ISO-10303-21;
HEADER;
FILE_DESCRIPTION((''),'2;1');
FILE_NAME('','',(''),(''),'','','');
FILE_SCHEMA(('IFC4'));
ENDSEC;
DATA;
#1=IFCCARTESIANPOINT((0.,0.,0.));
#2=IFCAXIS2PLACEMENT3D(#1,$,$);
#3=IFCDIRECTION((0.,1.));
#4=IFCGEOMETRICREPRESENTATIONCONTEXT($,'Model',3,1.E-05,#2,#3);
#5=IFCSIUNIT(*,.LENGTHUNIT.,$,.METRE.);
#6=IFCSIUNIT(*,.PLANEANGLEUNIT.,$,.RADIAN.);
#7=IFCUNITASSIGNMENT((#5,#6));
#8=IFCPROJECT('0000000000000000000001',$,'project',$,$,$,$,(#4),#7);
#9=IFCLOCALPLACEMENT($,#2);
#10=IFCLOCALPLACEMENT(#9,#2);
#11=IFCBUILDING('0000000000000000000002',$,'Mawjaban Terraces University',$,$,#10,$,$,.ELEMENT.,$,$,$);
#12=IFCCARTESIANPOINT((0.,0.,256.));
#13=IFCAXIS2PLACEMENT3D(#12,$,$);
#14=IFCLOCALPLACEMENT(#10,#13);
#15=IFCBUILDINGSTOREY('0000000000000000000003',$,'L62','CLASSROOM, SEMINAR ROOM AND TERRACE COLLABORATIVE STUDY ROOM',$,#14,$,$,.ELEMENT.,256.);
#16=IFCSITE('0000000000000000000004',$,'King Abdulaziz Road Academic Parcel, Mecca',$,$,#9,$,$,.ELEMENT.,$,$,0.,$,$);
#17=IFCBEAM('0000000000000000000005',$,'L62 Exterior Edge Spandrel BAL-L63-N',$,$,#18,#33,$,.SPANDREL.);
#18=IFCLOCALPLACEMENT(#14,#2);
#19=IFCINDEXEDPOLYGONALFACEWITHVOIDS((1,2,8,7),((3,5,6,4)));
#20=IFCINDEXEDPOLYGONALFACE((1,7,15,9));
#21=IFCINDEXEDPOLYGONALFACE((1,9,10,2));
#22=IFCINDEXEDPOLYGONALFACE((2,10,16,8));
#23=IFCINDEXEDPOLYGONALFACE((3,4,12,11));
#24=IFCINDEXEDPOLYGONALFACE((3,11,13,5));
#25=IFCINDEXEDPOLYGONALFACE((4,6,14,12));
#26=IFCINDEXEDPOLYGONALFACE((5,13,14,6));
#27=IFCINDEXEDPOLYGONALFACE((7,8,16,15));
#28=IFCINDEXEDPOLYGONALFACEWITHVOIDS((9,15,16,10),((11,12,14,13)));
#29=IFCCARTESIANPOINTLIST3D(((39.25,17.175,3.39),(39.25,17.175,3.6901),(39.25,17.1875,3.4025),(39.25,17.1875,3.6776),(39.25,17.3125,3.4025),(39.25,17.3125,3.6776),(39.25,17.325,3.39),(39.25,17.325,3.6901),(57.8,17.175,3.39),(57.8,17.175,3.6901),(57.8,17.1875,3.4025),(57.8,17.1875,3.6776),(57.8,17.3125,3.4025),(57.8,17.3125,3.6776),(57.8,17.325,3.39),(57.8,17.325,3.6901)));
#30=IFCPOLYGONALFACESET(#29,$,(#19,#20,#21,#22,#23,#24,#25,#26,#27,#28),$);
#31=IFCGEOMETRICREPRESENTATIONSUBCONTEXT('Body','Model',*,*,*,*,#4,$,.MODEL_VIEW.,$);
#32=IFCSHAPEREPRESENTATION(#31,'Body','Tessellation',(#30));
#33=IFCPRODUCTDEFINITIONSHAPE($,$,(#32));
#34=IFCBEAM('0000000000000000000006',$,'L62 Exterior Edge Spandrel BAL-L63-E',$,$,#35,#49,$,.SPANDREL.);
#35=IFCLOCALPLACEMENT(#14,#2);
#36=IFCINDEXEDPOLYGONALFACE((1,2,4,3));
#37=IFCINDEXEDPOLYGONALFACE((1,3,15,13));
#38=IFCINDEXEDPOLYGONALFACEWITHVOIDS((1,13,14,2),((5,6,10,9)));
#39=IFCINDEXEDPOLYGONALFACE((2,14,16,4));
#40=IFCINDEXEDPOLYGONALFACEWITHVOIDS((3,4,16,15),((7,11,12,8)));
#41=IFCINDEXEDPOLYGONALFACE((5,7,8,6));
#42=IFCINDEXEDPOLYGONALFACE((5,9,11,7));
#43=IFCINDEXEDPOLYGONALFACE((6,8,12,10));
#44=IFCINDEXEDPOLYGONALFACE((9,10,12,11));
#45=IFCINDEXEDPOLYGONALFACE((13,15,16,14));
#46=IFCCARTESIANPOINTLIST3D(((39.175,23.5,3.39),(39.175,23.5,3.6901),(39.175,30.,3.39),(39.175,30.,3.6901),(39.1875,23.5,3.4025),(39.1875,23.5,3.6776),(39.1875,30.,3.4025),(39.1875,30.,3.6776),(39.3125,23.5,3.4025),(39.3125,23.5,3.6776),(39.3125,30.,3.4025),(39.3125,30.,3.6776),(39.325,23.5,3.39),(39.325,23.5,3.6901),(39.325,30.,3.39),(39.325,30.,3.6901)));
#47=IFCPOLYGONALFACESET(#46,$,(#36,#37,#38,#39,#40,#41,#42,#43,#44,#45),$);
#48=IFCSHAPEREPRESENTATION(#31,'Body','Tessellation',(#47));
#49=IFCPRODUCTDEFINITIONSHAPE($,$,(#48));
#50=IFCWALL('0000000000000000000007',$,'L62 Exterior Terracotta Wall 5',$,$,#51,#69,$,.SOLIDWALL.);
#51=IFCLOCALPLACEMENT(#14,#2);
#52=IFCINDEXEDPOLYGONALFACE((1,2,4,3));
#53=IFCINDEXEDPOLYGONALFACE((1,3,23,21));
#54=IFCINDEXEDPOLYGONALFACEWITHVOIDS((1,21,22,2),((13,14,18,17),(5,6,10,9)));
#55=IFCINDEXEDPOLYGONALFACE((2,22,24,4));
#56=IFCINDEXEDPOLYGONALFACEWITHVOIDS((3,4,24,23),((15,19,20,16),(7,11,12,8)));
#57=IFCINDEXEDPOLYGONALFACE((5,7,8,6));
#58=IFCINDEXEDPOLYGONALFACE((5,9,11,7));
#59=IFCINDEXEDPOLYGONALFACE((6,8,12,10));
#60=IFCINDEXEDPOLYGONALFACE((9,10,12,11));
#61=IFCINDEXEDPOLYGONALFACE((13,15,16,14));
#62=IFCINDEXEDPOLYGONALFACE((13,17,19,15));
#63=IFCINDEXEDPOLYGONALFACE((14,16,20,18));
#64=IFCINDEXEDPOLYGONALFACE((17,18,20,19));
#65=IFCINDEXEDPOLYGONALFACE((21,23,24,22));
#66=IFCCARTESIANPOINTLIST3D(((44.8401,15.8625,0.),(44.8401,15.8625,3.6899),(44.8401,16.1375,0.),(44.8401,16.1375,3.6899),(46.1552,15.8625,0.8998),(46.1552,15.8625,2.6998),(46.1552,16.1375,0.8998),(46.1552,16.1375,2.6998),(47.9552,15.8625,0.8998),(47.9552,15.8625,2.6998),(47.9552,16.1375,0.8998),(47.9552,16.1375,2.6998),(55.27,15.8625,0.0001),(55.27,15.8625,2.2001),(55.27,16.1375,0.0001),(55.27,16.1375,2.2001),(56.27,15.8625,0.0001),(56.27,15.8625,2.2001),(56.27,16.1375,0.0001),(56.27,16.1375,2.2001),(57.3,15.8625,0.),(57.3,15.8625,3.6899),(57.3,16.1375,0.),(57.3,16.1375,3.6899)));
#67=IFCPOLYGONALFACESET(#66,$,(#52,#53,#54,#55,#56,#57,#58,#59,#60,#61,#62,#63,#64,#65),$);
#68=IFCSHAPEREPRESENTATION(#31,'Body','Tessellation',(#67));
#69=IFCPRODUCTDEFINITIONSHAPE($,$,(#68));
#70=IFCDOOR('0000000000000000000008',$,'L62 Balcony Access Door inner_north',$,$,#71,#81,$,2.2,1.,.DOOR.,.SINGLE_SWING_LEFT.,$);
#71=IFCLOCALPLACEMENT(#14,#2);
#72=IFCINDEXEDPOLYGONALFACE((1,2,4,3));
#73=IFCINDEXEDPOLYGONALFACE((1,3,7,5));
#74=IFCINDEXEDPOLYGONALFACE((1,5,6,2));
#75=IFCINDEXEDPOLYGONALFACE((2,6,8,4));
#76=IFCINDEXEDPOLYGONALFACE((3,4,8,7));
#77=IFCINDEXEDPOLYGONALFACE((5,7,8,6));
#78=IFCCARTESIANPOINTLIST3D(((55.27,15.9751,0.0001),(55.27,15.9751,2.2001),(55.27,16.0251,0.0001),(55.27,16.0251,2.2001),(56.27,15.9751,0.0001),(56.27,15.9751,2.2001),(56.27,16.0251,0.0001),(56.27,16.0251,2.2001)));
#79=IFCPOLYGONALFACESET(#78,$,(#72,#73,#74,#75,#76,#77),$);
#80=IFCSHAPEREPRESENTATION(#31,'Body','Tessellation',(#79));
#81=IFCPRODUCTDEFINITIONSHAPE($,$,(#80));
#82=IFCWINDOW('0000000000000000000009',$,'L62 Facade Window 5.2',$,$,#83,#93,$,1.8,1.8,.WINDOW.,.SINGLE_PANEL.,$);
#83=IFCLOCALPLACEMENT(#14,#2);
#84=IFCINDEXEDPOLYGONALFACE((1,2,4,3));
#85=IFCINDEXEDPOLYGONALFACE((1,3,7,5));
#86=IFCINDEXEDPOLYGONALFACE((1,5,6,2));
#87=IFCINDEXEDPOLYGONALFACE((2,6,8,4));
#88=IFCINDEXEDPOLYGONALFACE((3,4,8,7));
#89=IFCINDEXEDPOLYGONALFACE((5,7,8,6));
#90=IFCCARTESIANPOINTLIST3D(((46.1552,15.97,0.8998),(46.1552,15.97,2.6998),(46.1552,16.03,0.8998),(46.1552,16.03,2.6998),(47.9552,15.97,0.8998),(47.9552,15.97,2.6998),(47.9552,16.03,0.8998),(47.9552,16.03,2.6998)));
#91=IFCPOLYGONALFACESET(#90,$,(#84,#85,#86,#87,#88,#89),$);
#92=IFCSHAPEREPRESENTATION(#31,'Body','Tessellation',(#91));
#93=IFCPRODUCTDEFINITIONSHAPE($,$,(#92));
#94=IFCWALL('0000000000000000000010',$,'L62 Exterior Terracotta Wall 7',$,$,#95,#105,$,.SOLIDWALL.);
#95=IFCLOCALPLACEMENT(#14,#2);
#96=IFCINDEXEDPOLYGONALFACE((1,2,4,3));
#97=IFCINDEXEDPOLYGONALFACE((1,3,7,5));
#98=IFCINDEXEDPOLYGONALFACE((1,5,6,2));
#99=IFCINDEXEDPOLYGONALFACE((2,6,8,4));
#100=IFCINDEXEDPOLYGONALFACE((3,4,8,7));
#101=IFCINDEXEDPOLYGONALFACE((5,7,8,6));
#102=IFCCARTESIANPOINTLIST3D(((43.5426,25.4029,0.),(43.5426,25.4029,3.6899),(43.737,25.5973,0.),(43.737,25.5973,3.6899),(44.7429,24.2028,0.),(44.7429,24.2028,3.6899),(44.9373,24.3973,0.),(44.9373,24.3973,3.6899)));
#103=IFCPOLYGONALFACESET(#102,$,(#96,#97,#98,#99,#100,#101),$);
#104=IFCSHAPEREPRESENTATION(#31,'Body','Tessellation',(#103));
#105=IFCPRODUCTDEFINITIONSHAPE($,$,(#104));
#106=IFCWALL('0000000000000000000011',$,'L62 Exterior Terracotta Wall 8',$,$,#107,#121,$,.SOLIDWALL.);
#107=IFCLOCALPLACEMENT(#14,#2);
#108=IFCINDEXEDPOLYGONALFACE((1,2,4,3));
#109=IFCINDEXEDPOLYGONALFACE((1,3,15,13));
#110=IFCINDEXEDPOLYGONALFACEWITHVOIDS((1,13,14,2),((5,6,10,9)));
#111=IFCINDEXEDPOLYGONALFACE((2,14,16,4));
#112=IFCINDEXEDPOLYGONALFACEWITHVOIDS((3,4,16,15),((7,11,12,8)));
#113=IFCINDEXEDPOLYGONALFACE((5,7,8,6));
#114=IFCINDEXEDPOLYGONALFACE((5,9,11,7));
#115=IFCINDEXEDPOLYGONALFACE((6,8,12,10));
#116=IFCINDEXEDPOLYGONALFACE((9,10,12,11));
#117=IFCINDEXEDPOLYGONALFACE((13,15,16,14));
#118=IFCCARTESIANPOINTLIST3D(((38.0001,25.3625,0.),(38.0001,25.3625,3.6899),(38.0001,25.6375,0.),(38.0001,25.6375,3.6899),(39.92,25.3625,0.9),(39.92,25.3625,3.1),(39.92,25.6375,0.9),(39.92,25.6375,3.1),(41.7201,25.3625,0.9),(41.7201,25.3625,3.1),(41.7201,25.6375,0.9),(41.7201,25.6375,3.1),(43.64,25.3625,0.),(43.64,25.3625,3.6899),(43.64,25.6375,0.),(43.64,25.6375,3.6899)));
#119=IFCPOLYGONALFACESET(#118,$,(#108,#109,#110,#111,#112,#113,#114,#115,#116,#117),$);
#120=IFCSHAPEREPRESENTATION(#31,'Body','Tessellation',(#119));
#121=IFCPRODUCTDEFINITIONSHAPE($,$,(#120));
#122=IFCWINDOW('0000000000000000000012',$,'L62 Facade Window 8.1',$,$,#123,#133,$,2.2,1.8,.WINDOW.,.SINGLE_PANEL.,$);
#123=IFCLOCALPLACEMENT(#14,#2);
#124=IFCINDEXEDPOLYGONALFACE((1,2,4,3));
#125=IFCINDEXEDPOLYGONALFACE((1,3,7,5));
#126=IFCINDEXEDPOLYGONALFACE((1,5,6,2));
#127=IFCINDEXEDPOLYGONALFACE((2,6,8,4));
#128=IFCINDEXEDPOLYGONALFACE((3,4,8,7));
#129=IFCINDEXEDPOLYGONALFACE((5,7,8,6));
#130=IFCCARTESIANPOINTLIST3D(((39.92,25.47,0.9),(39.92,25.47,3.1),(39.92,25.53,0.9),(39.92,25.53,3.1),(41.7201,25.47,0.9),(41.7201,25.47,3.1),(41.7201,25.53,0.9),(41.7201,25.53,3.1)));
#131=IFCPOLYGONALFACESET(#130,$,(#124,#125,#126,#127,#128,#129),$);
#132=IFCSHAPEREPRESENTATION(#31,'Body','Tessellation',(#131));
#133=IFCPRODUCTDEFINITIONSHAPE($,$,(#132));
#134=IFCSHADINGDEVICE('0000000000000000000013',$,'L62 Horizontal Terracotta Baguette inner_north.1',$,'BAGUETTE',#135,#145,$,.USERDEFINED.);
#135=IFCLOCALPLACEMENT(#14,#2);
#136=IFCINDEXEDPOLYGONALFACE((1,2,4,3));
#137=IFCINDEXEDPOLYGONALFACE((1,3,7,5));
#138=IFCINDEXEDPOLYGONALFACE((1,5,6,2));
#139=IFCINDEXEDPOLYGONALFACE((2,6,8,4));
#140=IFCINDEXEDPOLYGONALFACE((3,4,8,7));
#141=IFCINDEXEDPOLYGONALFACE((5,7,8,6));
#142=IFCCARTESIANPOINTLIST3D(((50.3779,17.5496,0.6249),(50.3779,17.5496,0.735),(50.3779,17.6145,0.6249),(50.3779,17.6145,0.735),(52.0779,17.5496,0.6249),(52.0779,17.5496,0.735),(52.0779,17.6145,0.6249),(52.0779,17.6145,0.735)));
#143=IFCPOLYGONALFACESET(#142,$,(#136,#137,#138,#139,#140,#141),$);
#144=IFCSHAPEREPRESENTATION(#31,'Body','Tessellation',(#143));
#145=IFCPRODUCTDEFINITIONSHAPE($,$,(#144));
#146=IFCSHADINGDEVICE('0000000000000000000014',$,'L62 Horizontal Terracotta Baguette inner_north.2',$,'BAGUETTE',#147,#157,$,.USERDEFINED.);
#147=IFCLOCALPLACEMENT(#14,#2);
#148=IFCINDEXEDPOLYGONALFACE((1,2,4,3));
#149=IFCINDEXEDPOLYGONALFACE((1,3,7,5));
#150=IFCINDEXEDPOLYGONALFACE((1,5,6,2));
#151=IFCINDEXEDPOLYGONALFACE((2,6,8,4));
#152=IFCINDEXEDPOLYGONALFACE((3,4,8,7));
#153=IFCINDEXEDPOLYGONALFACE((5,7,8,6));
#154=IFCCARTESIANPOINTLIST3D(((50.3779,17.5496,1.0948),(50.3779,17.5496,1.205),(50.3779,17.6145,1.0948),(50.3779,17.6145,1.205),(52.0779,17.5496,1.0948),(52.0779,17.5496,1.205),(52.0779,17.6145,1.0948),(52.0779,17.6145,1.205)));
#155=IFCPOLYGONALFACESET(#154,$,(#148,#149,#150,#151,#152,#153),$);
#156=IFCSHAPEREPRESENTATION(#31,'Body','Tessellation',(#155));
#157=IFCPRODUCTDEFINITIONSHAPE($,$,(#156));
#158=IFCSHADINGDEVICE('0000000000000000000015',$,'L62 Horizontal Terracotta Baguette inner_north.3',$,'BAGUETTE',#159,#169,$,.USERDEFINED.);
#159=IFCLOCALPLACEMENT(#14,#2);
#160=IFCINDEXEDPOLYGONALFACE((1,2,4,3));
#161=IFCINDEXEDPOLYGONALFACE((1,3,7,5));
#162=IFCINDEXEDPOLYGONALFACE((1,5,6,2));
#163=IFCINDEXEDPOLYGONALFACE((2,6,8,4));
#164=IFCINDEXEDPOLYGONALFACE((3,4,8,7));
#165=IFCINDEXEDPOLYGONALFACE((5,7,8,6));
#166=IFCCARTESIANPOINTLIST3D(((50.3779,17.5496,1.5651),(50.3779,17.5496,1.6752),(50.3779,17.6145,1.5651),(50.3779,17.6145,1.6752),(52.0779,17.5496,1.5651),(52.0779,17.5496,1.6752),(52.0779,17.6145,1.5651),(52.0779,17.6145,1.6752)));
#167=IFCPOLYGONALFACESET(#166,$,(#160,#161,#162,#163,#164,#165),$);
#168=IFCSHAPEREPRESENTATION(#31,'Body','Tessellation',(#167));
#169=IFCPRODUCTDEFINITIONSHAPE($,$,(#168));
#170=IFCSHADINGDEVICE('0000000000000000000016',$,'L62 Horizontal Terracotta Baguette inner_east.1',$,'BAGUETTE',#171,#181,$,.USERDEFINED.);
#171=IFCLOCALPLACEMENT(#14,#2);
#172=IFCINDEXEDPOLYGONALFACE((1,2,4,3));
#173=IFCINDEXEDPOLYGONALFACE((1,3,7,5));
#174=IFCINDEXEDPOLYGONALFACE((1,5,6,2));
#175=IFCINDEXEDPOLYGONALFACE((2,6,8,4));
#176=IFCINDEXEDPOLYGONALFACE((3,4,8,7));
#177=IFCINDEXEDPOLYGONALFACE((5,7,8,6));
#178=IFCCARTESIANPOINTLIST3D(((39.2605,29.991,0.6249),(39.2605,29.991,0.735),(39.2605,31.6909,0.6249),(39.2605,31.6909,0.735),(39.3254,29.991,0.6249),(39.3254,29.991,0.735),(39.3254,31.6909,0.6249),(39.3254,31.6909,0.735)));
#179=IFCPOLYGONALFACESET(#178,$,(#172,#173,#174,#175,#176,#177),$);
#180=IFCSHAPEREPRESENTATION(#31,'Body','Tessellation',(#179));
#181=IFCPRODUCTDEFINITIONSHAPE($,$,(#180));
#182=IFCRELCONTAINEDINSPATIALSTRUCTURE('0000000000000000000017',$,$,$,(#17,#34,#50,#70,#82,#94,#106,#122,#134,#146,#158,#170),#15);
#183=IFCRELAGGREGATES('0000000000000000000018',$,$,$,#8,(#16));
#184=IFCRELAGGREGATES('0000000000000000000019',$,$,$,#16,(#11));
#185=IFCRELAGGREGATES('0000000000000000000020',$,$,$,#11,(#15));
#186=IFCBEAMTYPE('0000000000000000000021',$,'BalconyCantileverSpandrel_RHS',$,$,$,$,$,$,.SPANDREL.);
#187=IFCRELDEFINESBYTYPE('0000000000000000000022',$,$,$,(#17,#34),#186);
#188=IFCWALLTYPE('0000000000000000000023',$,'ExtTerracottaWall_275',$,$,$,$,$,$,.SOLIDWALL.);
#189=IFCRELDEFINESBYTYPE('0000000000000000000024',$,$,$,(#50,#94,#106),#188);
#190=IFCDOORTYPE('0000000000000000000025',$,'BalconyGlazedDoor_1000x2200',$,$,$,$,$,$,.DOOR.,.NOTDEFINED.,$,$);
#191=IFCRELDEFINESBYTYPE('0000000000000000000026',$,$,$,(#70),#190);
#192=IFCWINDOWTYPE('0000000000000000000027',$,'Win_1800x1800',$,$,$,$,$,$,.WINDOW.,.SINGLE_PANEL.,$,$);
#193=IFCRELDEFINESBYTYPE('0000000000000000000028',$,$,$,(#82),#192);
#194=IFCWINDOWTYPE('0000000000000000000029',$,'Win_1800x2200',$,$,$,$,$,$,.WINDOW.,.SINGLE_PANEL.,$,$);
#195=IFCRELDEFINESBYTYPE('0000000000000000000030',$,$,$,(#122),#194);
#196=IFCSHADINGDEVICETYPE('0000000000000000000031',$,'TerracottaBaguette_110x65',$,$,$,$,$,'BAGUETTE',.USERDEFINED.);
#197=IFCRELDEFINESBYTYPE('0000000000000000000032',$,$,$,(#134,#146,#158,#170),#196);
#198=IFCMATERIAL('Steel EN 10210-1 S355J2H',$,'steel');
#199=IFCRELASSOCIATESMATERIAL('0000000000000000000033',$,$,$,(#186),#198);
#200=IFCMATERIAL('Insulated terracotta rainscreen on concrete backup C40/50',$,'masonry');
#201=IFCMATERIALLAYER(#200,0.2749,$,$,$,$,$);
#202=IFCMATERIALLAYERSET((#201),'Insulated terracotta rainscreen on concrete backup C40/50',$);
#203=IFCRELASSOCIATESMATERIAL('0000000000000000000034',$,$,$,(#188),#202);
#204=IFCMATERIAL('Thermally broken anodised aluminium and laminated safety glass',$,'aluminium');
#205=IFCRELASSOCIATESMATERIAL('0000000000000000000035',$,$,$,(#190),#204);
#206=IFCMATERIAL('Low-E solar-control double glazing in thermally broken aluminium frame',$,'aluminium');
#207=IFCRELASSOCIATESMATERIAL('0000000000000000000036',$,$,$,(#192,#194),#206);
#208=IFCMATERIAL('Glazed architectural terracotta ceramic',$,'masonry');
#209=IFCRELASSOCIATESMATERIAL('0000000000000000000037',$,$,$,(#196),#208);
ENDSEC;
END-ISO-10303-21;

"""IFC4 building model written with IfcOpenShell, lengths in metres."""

from ifc_helpers import new_model, si_unit, direction, frame, frame_2d, origin, origin_2d, place, context, subcontext, project, spatial, rectangle, hollow_rectangle, extrude, material, layer, layer_set, material_profile, profile_set, type_object, element, fill, save


model = new_model("IFC4")

# Units and contexts
model_context = context("Model", 3, precision=1e-05, world=origin(), true_north=direction((0.0, 1.0)))
body_context = subcontext(model_context, "Body", "Model", "MODEL_VIEW")
ifc_project = project(units=[si_unit("LENGTHUNIT", "METRE"), si_unit("PLANEANGLEUNIT", "RADIAN")], contexts=[model_context])

# Site, building, storey
site_placement = place(None, origin())
site = spatial("IfcSite", under=ifc_project, at=site_placement, Name="King Abdulaziz Road Academic Parcel, Mecca", CompositionType="ELEMENT", RefElevation=0.0)
building_placement = place(site_placement, origin())
building = spatial("IfcBuilding", under=site, at=building_placement, Name="Mawjaban Terraces University", CompositionType="ELEMENT")
storey_placement = place(building_placement, frame((0.0, 0.0, 256.0)))
storey = spatial("IfcBuildingStorey", under=building, at=storey_placement, Name="L62", Description="CLASSROOM, SEMINAR ROOM AND TERRACE COLLABORATIVE STUDY ROOM", CompositionType="ELEMENT", Elevation=256.0)

# Beams
ifc_material_1 = material(Name="Steel EN 10210-1 S355J2H", Category="steel")
ifc_material_profile_1 = material_profile(ifc_material_1, hollow_rectangle(XDim=0.1499, YDim=0.3, WallThickness=0.0125, at=origin_2d()), Name="RHS300X150X12.5")
ifc_profile_set_1 = profile_set([ifc_material_profile_1], Name="Steel EN 10210-1 S355J2H")
beam_type = type_object("IfcBeamType", Name="BalconyCantileverSpandrel_RHS", PredefinedType="SPANDREL", material=ifc_profile_set_1)
beam_1_placement = place(storey_placement, frame((39.25, 17.25, 3.54), z_axis=(1.0, 0.0, 0.0), x_axis=(0.0, 1.0, 0.0)))
element("IfcBeam", 1, at=beam_1_placement, inside=storey, type_object=beam_type, Name="L62 Exterior Edge Spandrel BAL-L63-N", PredefinedType="SPANDREL", context=body_context, shape_type="SweptSolid", body=[
    extrude(hollow_rectangle(XDim=0.1499, YDim=0.3, WallThickness=0.0125, at=origin_2d()), origin(), (0.0, 0.0, 1.0), 18.55),
])
beam_2_placement = place(storey_placement, frame((39.25, 23.5, 3.54), z_axis=(0.0, 1.0, 0.0), x_axis=(-1.0, 0.0, 0.0)))
element("IfcBeam", 2, at=beam_2_placement, inside=storey, type_object=beam_type, Name="L62 Exterior Edge Spandrel BAL-L63-E", PredefinedType="SPANDREL", context=body_context, shape_type="SweptSolid", body=[
    extrude(hollow_rectangle(XDim=0.1499, YDim=0.3, WallThickness=0.0125, at=origin_2d()), origin(), (0.0, 0.0, 1.0), 6.5),
])

# Wall, openings, door, window
ifc_material_2 = material(Name="Insulated terracotta rainscreen on concrete backup C40/50", Category="masonry")
ifc_layer_1 = layer(ifc_material_2, 0.2749)
ifc_layer_set_1 = layer_set([ifc_layer_1], Name="Insulated terracotta rainscreen on concrete backup C40/50")
wall_type = type_object("IfcWallType", Name="ExtTerracottaWall_275", PredefinedType="SOLIDWALL", material=ifc_layer_set_1)
wall_1_placement = place(storey_placement, frame((57.3, 16.0, 0.0), z_axis=(0.0, 0.0, 1.0), x_axis=(-1.0, 0.0, 0.0)))
wall_1 = element("IfcWall", 3, at=wall_1_placement, inside=storey, type_object=wall_type, Name="L62 Exterior Terracotta Wall 5", PredefinedType="SOLIDWALL", context=body_context, shape_type="SweptSolid", body=[
    extrude(rectangle(XDim=12.46, YDim=0.2749, at=frame_2d((6.23, 0.0))), origin(), (0.0, 0.0, 1.0), 3.6899),
])
opening_1_placement = place(wall_1_placement, frame((1.03, 0.0, 0.0)))
opening_1 = element("IfcOpeningElement", 4, at=opening_1_placement, cuts=wall_1, PredefinedType="OPENING", context=body_context, shape_type="SweptSolid", body=[
    extrude(rectangle(XDim=1.0, YDim=2.2, at=frame_2d((0.5, 1.1001))), frame((0.0, 0.1475, 0.0), z_axis=(0.0, -1.0, 0.0), x_axis=(1.0, 0.0, 0.0)), (0.0, 0.0, 1.0), 0.2949),
])
opening_2_placement = place(wall_1_placement, frame((9.345, 0.0, 0.8999)))
opening_2 = element("IfcOpeningElement", 5, at=opening_2_placement, cuts=wall_1, PredefinedType="OPENING", context=body_context, shape_type="SweptSolid", body=[
    extrude(rectangle(XDim=1.8, YDim=1.8, at=frame_2d((0.8999, 0.8999))), frame((0.0, 0.1475, 0.0), z_axis=(0.0, -1.0, 0.0), x_axis=(1.0, 0.0, 0.0)), (0.0, 0.0, 1.0), 0.2949),
])
ifc_material_3 = material(Name="Thermally broken anodised aluminium and laminated safety glass", Category="aluminium")
door_type = type_object("IfcDoorType", Name="BalconyGlazedDoor_1000x2200", OperationType="NOTDEFINED", PredefinedType="DOOR", material=ifc_material_3)
door_placement = place(opening_1_placement, origin())
door = element("IfcDoor", 6, at=door_placement, inside=storey, type_object=door_type, Name="L62 Balcony Access Door inner_north", OperationType="SINGLE_SWING_LEFT", OverallHeight=2.2, OverallWidth=1.0, PredefinedType="DOOR", context=body_context, shape_type="SweptSolid", body=[
    extrude(rectangle(XDim=1.0, YDim=2.2, at=frame_2d((0.5, 1.1001))), frame((0.0, 0.0249, 0.0), z_axis=(0.0, -1.0, 0.0), x_axis=(1.0, 0.0, 0.0)), (0.0, 0.0, 1.0), 0.05),
])
fill(opening_1, door)
ifc_material_4 = material(Name="Low-E solar-control double glazing in thermally broken aluminium frame", Category="aluminium")
window_type_1 = type_object("IfcWindowType", Name="Win_1800x1800", PartitioningType="SINGLE_PANEL", PredefinedType="WINDOW", material=ifc_material_4)
window_1_placement = place(opening_2_placement, origin())
window_1 = element("IfcWindow", 7, at=window_1_placement, inside=storey, type_object=window_type_1, Name="L62 Facade Window 5.2", OverallHeight=1.8, OverallWidth=1.8, PartitioningType="SINGLE_PANEL", PredefinedType="WINDOW", context=body_context, shape_type="SweptSolid", body=[
    extrude(rectangle(XDim=1.8, YDim=1.8, at=frame_2d((0.8999, 0.8999))), frame((0.0, 0.03, 0.0), z_axis=(0.0, -1.0, 0.0), x_axis=(1.0, 0.0, 0.0)), (0.0, 0.0, 1.0), 0.0601),
])
fill(opening_2, window_1)

# Wall
wall_2_placement = place(storey_placement, frame((44.8401, 24.3, 0.0), z_axis=(0.0, 0.0, 1.0), x_axis=(-0.707179, 0.707035, 0.0)))
element("IfcWall", 8, at=wall_2_placement, inside=storey, type_object=wall_type, Name="L62 Exterior Terracotta Wall 7", PredefinedType="SOLIDWALL", context=body_context, shape_type="SweptSolid", body=[
    extrude(rectangle(XDim=1.6973, YDim=0.2749, at=frame_2d((0.8486, 0.0))), origin(), (0.0, 0.0, 1.0), 3.6899),
])

# Wall, opening, window
wall_3_placement = place(storey_placement, frame((43.6399, 25.5, 0.0), z_axis=(0.0, 0.0, 1.0), x_axis=(-1.0, 0.0, 0.0)))
wall_3 = element("IfcWall", 9, at=wall_3_placement, inside=storey, type_object=wall_type, Name="L62 Exterior Terracotta Wall 8", PredefinedType="SOLIDWALL", context=body_context, shape_type="SweptSolid", body=[
    extrude(rectangle(XDim=5.6399, YDim=0.2749, at=frame_2d((2.8198, 0.0))), origin(), (0.0, 0.0, 1.0), 3.6899),
])
opening_3_placement = place(wall_3_placement, frame((1.9199, 0.0, 0.8999)))
opening_3 = element("IfcOpeningElement", 10, at=opening_3_placement, cuts=wall_3, PredefinedType="OPENING", context=body_context, shape_type="SweptSolid", body=[
    extrude(rectangle(XDim=1.8, YDim=2.2, at=frame_2d((0.8999, 1.1001))), frame((0.0, 0.1475, 0.0), z_axis=(0.0, -1.0, 0.0), x_axis=(1.0, 0.0, 0.0)), (0.0, 0.0, 1.0), 0.2949),
])
window_type_2 = type_object("IfcWindowType", Name="Win_1800x2200", PartitioningType="SINGLE_PANEL", PredefinedType="WINDOW", material=ifc_material_4)
window_2_placement = place(opening_3_placement, origin())
window_2 = element("IfcWindow", 11, at=window_2_placement, inside=storey, type_object=window_type_2, Name="L62 Facade Window 8.1", OverallHeight=2.2, OverallWidth=1.8, PartitioningType="SINGLE_PANEL", PredefinedType="WINDOW", context=body_context, shape_type="SweptSolid", body=[
    extrude(rectangle(XDim=1.8, YDim=2.2, at=frame_2d((0.8999, 1.1001))), frame((0.0, 0.03, 0.0), z_axis=(0.0, -1.0, 0.0), x_axis=(1.0, 0.0, 0.0)), (0.0, 0.0, 1.0), 0.0601),
])
fill(opening_3, window_2)

# Shading devices
ifc_material_5 = material(Name="Glazed architectural terracotta ceramic", Category="masonry")
ifc_material_profile_2 = material_profile(ifc_material_5, rectangle(XDim=0.0649, YDim=0.1101, at=origin_2d()), Name="TBAG110X65")
ifc_profile_set_2 = profile_set([ifc_material_profile_2], Name="Glazed architectural terracotta ceramic")
shading_device_type_1 = type_object("IfcShadingDeviceType", Name="TerracottaBaguette_110x65", ElementType="BAGUETTE", PredefinedType="USERDEFINED", material=ifc_profile_set_2)
for number, where, z_axis, x_axis, name in (
    (12, (50.3779, 17.582, 0.6799), (1.0, 0.0, 0.0), (0.0, 1.0, 0.0), "L62 Horizontal Terracotta Baguette inner_north.1"),
    (13, (50.3779, 17.582, 1.1499), (1.0, 0.0, 0.0), (0.0, 1.0, 0.0), "L62 Horizontal Terracotta Baguette inner_north.2"),
    (14, (50.3779, 17.582, 1.6201), (1.0, 0.0, 0.0), (0.0, 1.0, 0.0), "L62 Horizontal Terracotta Baguette inner_north.3"),
    (15, (39.293, 29.991, 0.6799), (0.0, 1.0, 0.0), (-1.0, 0.0, 0.0), "L62 Horizontal Terracotta Baguette inner_east.1"),
):
    element("IfcShadingDevice", number, at=place(storey_placement, frame(where, z_axis=z_axis, x_axis=x_axis)), inside=storey, type_object=shading_device_type_1, Name=name, ObjectType="BAGUETTE", PredefinedType="USERDEFINED", context=body_context, shape_type="SweptSolid", body=[
        extrude(rectangle(XDim=0.0649, YDim=0.1101, at=origin_2d()), origin(), (0.0, 0.0, 1.0), 1.7),
    ])

save(model, "model.ifc")
